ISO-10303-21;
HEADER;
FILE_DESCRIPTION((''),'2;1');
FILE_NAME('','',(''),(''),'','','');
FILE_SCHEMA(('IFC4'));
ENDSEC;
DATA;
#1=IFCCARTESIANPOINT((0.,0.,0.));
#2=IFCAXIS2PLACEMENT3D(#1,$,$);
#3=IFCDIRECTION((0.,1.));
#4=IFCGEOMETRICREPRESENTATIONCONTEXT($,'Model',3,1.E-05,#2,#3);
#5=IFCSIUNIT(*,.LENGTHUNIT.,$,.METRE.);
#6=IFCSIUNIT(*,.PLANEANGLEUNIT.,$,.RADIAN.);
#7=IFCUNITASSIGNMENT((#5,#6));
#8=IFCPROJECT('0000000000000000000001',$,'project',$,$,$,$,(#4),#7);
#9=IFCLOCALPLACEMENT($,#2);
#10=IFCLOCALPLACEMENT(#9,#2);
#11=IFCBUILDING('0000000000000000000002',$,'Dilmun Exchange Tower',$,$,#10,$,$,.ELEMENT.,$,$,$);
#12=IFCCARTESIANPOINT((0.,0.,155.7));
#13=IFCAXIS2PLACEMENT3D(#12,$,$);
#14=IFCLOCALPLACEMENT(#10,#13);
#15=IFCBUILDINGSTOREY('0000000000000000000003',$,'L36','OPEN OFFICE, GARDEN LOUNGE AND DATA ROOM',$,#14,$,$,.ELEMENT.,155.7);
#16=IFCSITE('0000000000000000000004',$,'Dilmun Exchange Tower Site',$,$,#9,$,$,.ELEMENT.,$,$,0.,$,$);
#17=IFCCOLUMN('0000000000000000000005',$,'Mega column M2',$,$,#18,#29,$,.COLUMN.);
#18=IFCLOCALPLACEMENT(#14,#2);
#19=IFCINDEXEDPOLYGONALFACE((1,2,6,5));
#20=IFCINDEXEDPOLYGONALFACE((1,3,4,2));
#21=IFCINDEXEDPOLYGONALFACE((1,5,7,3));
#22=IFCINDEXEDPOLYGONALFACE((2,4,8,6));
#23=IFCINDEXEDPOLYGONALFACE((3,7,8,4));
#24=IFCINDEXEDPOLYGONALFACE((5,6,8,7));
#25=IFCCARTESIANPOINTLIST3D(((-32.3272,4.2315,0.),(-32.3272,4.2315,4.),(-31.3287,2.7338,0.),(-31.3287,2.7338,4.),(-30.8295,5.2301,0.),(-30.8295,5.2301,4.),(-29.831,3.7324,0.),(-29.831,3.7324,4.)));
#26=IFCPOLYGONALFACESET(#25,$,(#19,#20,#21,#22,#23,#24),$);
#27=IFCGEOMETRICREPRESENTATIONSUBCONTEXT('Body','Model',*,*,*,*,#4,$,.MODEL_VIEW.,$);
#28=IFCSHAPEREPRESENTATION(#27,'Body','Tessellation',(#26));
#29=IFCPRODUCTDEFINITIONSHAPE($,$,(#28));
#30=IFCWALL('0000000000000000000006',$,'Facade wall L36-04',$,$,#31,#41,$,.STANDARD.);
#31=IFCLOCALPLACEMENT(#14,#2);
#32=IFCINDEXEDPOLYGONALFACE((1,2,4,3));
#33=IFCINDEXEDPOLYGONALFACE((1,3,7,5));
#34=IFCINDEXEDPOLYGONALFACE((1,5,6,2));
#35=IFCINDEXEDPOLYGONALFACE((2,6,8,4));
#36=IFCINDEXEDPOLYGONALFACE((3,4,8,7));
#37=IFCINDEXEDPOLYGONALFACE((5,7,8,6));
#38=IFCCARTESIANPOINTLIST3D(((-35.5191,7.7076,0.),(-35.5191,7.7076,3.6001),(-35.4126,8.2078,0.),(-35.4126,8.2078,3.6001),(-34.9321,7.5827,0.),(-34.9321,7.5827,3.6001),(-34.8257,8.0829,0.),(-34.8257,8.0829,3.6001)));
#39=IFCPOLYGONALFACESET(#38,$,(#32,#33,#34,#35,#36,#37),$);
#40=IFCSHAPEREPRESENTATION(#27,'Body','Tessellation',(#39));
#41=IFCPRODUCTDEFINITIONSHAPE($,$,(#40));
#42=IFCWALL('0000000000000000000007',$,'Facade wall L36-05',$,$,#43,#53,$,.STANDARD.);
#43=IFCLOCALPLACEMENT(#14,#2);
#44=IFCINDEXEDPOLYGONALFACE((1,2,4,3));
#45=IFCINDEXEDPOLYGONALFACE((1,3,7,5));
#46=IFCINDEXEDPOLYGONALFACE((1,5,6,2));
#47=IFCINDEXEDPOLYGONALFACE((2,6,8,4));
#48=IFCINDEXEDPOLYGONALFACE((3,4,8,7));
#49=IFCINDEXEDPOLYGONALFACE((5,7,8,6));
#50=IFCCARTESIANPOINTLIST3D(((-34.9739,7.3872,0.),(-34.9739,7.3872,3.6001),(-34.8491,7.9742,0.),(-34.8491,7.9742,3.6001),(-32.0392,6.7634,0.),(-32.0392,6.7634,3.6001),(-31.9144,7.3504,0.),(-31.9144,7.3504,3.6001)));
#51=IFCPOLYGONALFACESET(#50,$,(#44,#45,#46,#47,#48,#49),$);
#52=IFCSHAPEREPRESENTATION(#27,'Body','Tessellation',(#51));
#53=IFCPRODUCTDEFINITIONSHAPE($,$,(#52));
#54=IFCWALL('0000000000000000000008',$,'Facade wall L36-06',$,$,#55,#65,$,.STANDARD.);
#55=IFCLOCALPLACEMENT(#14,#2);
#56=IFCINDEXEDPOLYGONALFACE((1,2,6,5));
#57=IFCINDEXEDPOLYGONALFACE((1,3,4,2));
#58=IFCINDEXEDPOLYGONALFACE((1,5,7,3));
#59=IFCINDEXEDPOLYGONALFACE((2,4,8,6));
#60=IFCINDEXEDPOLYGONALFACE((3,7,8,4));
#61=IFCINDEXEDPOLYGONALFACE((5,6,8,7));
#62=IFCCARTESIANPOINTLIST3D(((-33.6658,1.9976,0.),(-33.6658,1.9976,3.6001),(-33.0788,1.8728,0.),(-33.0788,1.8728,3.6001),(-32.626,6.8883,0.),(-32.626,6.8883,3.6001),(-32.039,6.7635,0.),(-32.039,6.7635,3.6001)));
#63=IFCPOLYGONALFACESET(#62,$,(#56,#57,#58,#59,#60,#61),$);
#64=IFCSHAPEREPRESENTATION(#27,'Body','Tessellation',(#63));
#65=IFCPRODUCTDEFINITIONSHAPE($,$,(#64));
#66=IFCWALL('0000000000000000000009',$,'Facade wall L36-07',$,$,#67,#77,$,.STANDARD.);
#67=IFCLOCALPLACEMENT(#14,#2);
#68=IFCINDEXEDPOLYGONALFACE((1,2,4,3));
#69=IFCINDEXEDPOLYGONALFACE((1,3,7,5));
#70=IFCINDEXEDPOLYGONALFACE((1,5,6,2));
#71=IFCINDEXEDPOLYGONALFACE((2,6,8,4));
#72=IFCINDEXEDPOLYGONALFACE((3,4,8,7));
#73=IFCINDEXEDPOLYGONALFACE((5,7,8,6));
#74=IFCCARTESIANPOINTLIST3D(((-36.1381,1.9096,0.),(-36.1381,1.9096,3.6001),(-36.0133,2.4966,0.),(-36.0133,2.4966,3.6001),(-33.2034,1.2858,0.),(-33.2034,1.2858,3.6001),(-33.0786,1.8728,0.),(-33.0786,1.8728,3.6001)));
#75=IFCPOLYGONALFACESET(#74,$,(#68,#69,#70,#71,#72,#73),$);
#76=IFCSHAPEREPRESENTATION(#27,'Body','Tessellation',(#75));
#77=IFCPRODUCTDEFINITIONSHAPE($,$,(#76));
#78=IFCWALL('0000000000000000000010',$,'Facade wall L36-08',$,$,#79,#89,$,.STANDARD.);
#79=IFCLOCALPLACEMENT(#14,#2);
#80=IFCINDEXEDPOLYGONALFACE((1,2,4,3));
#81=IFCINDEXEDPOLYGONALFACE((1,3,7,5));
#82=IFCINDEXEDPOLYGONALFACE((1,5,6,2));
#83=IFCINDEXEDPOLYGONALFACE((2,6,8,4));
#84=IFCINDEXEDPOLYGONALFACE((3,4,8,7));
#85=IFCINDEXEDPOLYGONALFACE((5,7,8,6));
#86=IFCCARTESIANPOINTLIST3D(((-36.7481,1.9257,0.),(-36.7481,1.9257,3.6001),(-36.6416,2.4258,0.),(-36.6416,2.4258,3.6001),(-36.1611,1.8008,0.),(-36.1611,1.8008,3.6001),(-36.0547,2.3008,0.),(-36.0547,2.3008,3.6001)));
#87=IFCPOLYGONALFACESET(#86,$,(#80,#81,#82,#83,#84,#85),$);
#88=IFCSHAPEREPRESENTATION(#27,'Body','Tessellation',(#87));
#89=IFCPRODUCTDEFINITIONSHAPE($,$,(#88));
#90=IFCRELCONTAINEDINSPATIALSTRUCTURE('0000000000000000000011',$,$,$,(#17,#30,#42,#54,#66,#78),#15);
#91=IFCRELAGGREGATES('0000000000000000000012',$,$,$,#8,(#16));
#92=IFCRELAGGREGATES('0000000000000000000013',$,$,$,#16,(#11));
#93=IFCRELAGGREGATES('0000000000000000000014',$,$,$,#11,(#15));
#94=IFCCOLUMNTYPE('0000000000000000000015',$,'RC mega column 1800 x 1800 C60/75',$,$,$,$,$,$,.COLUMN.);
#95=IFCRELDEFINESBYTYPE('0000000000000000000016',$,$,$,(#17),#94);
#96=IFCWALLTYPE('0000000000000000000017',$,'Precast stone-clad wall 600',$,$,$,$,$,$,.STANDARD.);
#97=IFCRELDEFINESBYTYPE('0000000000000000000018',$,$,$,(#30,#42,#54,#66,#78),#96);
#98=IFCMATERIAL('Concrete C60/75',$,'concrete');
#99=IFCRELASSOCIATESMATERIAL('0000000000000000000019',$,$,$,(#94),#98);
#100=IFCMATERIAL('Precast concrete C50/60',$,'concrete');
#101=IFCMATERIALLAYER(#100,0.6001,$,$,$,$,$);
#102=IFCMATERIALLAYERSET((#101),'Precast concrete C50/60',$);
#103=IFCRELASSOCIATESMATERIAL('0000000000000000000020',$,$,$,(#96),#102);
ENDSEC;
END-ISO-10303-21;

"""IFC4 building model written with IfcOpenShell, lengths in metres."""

from ifc_helpers import new_model, si_unit, direction, frame, frame_2d, origin, origin_2d, place, context, subcontext, project, spatial, rectangle, extrude, material, layer, layer_set, material_profile, profile_set, type_object, element, save


model = new_model("IFC4")

# Units and contexts
model_context = context("Model", 3, precision=1e-05, world=origin(), true_north=direction((0.0, 1.0)))
body_context = subcontext(model_context, "Body", "Model", "MODEL_VIEW")
ifc_project = project(units=[si_unit("LENGTHUNIT", "METRE"), si_unit("PLANEANGLEUNIT", "RADIAN")], contexts=[model_context])

# Site, building, storey
site_placement = place(None, origin())
site = spatial("IfcSite", under=ifc_project, at=site_placement, Name="Dilmun Exchange Tower Site", CompositionType="ELEMENT", RefElevation=0.0)
building_placement = place(site_placement, origin())
building = spatial("IfcBuilding", under=site, at=building_placement, Name="Dilmun Exchange Tower", CompositionType="ELEMENT")
storey_placement = place(building_placement, frame((0.0, 0.0, 155.7)))
storey = spatial("IfcBuildingStorey", under=building, at=storey_placement, Name="L36", Description="OPEN OFFICE, GARDEN LOUNGE AND DATA ROOM", CompositionType="ELEMENT", Elevation=155.7)

# Column
ifc_material_1 = material(Name="Concrete C60/75", Category="concrete")
ifc_material_profile = material_profile(ifc_material_1, rectangle(XDim=1.8, YDim=1.8, at=origin_2d()), Name="1800 x 1800")
ifc_profile_set = profile_set([ifc_material_profile], Name="Concrete C60/75")
column_type = type_object("IfcColumnType", Name="RC mega column 1800 x 1800 C60/75", PredefinedType="COLUMN", material=ifc_profile_set)
column_placement = place(storey_placement, frame((-31.0791, 3.9819, 0.0), z_axis=(0.0, 0.0, 1.0), x_axis=(0.832029, 0.554733, 0.0)))
element("IfcColumn", 1, at=column_placement, inside=storey, type_object=column_type, Name="Mega column M2", PredefinedType="COLUMN", context=body_context, shape_type="SweptSolid", body=[
    extrude(rectangle(XDim=1.8, YDim=1.8, at=origin_2d()), origin(), (0.0, 0.0, 1.0), 4.0),
])

# Walls
ifc_material_2 = material(Name="Precast concrete C50/60", Category="concrete")
ifc_layer = layer(ifc_material_2, 0.6001)
ifc_layer_set = layer_set([ifc_layer], Name="Precast concrete C50/60")
wall_type = type_object("IfcWallType", Name="Precast stone-clad wall 600", PredefinedType="STANDARD", material=ifc_layer_set)
wall_1_placement = place(storey_placement, frame((-35.1191, 8.1455, 0.0), z_axis=(0.0, 0.0, 1.0), x_axis=(-0.208127, -0.978102, 0.0)))
element("IfcWall", 2, at=wall_1_placement, inside=storey, type_object=wall_type, Name="Facade wall L36-04", PredefinedType="STANDARD", context=body_context, shape_type="SweptSolid", body=[
    extrude(rectangle(XDim=0.5115, YDim=0.6001, at=frame_2d((0.2559, 0.0))), origin(), (0.0, 0.0, 1.0), 3.6001),
])
wall_2_placement = place(storey_placement, frame((-34.9114, 7.6807, 0.0), z_axis=(0.0, 0.0, 1.0), x_axis=(0.978146, -0.207917, 0.0)))
element("IfcWall", 3, at=wall_2_placement, inside=storey, type_object=wall_type, Name="Facade wall L36-05", PredefinedType="STANDARD", context=body_context, shape_type="SweptSolid", body=[
    extrude(rectangle(XDim=3.0002, YDim=0.6001, at=frame_2d((1.5, 0.0))), origin(), (0.0, 0.0, 1.0), 3.6001),
])
wall_3_placement = place(storey_placement, frame((-32.3325, 6.8259, 0.0), z_axis=(0.0, 0.0, 1.0), x_axis=(-0.207962, -0.978137, 0.0)))
element("IfcWall", 4, at=wall_3_placement, inside=storey, type_object=wall_type, Name="Facade wall L36-06", PredefinedType="STANDARD", context=body_context, shape_type="SweptSolid", body=[
    extrude(rectangle(XDim=5.0, YDim=0.6001, at=frame_2d((2.5, 0.0))), origin(), (0.0, 0.0, 1.0), 3.6001),
])
wall_4_placement = place(storey_placement, frame((-33.1411, 1.5793, 0.0), z_axis=(0.0, 0.0, 1.0), x_axis=(-0.978146, 0.207917, 0.0)))
element("IfcWall", 5, at=wall_4_placement, inside=storey, type_object=wall_type, Name="Facade wall L36-07", PredefinedType="STANDARD", context=body_context, shape_type="SweptSolid", body=[
    extrude(rectangle(XDim=3.0002, YDim=0.6001, at=frame_2d((1.5, 0.0))), origin(), (0.0, 0.0, 1.0), 3.6001),
])
wall_5_placement = place(storey_placement, frame((-36.3481, 2.3633, 0.0), z_axis=(0.0, 0.0, 1.0), x_axis=(-0.208224, -0.978081, 0.0)))
element("IfcWall", 6, at=wall_5_placement, inside=storey, type_object=wall_type, Name="Facade wall L36-08", PredefinedType="STANDARD", context=body_context, shape_type="SweptSolid", body=[
    extrude(rectangle(XDim=0.5112, YDim=0.6001, at=frame_2d((0.2556, 0.0))), origin(), (0.0, 0.0, 1.0), 3.6001),
])

save(model, "model.ifc")
